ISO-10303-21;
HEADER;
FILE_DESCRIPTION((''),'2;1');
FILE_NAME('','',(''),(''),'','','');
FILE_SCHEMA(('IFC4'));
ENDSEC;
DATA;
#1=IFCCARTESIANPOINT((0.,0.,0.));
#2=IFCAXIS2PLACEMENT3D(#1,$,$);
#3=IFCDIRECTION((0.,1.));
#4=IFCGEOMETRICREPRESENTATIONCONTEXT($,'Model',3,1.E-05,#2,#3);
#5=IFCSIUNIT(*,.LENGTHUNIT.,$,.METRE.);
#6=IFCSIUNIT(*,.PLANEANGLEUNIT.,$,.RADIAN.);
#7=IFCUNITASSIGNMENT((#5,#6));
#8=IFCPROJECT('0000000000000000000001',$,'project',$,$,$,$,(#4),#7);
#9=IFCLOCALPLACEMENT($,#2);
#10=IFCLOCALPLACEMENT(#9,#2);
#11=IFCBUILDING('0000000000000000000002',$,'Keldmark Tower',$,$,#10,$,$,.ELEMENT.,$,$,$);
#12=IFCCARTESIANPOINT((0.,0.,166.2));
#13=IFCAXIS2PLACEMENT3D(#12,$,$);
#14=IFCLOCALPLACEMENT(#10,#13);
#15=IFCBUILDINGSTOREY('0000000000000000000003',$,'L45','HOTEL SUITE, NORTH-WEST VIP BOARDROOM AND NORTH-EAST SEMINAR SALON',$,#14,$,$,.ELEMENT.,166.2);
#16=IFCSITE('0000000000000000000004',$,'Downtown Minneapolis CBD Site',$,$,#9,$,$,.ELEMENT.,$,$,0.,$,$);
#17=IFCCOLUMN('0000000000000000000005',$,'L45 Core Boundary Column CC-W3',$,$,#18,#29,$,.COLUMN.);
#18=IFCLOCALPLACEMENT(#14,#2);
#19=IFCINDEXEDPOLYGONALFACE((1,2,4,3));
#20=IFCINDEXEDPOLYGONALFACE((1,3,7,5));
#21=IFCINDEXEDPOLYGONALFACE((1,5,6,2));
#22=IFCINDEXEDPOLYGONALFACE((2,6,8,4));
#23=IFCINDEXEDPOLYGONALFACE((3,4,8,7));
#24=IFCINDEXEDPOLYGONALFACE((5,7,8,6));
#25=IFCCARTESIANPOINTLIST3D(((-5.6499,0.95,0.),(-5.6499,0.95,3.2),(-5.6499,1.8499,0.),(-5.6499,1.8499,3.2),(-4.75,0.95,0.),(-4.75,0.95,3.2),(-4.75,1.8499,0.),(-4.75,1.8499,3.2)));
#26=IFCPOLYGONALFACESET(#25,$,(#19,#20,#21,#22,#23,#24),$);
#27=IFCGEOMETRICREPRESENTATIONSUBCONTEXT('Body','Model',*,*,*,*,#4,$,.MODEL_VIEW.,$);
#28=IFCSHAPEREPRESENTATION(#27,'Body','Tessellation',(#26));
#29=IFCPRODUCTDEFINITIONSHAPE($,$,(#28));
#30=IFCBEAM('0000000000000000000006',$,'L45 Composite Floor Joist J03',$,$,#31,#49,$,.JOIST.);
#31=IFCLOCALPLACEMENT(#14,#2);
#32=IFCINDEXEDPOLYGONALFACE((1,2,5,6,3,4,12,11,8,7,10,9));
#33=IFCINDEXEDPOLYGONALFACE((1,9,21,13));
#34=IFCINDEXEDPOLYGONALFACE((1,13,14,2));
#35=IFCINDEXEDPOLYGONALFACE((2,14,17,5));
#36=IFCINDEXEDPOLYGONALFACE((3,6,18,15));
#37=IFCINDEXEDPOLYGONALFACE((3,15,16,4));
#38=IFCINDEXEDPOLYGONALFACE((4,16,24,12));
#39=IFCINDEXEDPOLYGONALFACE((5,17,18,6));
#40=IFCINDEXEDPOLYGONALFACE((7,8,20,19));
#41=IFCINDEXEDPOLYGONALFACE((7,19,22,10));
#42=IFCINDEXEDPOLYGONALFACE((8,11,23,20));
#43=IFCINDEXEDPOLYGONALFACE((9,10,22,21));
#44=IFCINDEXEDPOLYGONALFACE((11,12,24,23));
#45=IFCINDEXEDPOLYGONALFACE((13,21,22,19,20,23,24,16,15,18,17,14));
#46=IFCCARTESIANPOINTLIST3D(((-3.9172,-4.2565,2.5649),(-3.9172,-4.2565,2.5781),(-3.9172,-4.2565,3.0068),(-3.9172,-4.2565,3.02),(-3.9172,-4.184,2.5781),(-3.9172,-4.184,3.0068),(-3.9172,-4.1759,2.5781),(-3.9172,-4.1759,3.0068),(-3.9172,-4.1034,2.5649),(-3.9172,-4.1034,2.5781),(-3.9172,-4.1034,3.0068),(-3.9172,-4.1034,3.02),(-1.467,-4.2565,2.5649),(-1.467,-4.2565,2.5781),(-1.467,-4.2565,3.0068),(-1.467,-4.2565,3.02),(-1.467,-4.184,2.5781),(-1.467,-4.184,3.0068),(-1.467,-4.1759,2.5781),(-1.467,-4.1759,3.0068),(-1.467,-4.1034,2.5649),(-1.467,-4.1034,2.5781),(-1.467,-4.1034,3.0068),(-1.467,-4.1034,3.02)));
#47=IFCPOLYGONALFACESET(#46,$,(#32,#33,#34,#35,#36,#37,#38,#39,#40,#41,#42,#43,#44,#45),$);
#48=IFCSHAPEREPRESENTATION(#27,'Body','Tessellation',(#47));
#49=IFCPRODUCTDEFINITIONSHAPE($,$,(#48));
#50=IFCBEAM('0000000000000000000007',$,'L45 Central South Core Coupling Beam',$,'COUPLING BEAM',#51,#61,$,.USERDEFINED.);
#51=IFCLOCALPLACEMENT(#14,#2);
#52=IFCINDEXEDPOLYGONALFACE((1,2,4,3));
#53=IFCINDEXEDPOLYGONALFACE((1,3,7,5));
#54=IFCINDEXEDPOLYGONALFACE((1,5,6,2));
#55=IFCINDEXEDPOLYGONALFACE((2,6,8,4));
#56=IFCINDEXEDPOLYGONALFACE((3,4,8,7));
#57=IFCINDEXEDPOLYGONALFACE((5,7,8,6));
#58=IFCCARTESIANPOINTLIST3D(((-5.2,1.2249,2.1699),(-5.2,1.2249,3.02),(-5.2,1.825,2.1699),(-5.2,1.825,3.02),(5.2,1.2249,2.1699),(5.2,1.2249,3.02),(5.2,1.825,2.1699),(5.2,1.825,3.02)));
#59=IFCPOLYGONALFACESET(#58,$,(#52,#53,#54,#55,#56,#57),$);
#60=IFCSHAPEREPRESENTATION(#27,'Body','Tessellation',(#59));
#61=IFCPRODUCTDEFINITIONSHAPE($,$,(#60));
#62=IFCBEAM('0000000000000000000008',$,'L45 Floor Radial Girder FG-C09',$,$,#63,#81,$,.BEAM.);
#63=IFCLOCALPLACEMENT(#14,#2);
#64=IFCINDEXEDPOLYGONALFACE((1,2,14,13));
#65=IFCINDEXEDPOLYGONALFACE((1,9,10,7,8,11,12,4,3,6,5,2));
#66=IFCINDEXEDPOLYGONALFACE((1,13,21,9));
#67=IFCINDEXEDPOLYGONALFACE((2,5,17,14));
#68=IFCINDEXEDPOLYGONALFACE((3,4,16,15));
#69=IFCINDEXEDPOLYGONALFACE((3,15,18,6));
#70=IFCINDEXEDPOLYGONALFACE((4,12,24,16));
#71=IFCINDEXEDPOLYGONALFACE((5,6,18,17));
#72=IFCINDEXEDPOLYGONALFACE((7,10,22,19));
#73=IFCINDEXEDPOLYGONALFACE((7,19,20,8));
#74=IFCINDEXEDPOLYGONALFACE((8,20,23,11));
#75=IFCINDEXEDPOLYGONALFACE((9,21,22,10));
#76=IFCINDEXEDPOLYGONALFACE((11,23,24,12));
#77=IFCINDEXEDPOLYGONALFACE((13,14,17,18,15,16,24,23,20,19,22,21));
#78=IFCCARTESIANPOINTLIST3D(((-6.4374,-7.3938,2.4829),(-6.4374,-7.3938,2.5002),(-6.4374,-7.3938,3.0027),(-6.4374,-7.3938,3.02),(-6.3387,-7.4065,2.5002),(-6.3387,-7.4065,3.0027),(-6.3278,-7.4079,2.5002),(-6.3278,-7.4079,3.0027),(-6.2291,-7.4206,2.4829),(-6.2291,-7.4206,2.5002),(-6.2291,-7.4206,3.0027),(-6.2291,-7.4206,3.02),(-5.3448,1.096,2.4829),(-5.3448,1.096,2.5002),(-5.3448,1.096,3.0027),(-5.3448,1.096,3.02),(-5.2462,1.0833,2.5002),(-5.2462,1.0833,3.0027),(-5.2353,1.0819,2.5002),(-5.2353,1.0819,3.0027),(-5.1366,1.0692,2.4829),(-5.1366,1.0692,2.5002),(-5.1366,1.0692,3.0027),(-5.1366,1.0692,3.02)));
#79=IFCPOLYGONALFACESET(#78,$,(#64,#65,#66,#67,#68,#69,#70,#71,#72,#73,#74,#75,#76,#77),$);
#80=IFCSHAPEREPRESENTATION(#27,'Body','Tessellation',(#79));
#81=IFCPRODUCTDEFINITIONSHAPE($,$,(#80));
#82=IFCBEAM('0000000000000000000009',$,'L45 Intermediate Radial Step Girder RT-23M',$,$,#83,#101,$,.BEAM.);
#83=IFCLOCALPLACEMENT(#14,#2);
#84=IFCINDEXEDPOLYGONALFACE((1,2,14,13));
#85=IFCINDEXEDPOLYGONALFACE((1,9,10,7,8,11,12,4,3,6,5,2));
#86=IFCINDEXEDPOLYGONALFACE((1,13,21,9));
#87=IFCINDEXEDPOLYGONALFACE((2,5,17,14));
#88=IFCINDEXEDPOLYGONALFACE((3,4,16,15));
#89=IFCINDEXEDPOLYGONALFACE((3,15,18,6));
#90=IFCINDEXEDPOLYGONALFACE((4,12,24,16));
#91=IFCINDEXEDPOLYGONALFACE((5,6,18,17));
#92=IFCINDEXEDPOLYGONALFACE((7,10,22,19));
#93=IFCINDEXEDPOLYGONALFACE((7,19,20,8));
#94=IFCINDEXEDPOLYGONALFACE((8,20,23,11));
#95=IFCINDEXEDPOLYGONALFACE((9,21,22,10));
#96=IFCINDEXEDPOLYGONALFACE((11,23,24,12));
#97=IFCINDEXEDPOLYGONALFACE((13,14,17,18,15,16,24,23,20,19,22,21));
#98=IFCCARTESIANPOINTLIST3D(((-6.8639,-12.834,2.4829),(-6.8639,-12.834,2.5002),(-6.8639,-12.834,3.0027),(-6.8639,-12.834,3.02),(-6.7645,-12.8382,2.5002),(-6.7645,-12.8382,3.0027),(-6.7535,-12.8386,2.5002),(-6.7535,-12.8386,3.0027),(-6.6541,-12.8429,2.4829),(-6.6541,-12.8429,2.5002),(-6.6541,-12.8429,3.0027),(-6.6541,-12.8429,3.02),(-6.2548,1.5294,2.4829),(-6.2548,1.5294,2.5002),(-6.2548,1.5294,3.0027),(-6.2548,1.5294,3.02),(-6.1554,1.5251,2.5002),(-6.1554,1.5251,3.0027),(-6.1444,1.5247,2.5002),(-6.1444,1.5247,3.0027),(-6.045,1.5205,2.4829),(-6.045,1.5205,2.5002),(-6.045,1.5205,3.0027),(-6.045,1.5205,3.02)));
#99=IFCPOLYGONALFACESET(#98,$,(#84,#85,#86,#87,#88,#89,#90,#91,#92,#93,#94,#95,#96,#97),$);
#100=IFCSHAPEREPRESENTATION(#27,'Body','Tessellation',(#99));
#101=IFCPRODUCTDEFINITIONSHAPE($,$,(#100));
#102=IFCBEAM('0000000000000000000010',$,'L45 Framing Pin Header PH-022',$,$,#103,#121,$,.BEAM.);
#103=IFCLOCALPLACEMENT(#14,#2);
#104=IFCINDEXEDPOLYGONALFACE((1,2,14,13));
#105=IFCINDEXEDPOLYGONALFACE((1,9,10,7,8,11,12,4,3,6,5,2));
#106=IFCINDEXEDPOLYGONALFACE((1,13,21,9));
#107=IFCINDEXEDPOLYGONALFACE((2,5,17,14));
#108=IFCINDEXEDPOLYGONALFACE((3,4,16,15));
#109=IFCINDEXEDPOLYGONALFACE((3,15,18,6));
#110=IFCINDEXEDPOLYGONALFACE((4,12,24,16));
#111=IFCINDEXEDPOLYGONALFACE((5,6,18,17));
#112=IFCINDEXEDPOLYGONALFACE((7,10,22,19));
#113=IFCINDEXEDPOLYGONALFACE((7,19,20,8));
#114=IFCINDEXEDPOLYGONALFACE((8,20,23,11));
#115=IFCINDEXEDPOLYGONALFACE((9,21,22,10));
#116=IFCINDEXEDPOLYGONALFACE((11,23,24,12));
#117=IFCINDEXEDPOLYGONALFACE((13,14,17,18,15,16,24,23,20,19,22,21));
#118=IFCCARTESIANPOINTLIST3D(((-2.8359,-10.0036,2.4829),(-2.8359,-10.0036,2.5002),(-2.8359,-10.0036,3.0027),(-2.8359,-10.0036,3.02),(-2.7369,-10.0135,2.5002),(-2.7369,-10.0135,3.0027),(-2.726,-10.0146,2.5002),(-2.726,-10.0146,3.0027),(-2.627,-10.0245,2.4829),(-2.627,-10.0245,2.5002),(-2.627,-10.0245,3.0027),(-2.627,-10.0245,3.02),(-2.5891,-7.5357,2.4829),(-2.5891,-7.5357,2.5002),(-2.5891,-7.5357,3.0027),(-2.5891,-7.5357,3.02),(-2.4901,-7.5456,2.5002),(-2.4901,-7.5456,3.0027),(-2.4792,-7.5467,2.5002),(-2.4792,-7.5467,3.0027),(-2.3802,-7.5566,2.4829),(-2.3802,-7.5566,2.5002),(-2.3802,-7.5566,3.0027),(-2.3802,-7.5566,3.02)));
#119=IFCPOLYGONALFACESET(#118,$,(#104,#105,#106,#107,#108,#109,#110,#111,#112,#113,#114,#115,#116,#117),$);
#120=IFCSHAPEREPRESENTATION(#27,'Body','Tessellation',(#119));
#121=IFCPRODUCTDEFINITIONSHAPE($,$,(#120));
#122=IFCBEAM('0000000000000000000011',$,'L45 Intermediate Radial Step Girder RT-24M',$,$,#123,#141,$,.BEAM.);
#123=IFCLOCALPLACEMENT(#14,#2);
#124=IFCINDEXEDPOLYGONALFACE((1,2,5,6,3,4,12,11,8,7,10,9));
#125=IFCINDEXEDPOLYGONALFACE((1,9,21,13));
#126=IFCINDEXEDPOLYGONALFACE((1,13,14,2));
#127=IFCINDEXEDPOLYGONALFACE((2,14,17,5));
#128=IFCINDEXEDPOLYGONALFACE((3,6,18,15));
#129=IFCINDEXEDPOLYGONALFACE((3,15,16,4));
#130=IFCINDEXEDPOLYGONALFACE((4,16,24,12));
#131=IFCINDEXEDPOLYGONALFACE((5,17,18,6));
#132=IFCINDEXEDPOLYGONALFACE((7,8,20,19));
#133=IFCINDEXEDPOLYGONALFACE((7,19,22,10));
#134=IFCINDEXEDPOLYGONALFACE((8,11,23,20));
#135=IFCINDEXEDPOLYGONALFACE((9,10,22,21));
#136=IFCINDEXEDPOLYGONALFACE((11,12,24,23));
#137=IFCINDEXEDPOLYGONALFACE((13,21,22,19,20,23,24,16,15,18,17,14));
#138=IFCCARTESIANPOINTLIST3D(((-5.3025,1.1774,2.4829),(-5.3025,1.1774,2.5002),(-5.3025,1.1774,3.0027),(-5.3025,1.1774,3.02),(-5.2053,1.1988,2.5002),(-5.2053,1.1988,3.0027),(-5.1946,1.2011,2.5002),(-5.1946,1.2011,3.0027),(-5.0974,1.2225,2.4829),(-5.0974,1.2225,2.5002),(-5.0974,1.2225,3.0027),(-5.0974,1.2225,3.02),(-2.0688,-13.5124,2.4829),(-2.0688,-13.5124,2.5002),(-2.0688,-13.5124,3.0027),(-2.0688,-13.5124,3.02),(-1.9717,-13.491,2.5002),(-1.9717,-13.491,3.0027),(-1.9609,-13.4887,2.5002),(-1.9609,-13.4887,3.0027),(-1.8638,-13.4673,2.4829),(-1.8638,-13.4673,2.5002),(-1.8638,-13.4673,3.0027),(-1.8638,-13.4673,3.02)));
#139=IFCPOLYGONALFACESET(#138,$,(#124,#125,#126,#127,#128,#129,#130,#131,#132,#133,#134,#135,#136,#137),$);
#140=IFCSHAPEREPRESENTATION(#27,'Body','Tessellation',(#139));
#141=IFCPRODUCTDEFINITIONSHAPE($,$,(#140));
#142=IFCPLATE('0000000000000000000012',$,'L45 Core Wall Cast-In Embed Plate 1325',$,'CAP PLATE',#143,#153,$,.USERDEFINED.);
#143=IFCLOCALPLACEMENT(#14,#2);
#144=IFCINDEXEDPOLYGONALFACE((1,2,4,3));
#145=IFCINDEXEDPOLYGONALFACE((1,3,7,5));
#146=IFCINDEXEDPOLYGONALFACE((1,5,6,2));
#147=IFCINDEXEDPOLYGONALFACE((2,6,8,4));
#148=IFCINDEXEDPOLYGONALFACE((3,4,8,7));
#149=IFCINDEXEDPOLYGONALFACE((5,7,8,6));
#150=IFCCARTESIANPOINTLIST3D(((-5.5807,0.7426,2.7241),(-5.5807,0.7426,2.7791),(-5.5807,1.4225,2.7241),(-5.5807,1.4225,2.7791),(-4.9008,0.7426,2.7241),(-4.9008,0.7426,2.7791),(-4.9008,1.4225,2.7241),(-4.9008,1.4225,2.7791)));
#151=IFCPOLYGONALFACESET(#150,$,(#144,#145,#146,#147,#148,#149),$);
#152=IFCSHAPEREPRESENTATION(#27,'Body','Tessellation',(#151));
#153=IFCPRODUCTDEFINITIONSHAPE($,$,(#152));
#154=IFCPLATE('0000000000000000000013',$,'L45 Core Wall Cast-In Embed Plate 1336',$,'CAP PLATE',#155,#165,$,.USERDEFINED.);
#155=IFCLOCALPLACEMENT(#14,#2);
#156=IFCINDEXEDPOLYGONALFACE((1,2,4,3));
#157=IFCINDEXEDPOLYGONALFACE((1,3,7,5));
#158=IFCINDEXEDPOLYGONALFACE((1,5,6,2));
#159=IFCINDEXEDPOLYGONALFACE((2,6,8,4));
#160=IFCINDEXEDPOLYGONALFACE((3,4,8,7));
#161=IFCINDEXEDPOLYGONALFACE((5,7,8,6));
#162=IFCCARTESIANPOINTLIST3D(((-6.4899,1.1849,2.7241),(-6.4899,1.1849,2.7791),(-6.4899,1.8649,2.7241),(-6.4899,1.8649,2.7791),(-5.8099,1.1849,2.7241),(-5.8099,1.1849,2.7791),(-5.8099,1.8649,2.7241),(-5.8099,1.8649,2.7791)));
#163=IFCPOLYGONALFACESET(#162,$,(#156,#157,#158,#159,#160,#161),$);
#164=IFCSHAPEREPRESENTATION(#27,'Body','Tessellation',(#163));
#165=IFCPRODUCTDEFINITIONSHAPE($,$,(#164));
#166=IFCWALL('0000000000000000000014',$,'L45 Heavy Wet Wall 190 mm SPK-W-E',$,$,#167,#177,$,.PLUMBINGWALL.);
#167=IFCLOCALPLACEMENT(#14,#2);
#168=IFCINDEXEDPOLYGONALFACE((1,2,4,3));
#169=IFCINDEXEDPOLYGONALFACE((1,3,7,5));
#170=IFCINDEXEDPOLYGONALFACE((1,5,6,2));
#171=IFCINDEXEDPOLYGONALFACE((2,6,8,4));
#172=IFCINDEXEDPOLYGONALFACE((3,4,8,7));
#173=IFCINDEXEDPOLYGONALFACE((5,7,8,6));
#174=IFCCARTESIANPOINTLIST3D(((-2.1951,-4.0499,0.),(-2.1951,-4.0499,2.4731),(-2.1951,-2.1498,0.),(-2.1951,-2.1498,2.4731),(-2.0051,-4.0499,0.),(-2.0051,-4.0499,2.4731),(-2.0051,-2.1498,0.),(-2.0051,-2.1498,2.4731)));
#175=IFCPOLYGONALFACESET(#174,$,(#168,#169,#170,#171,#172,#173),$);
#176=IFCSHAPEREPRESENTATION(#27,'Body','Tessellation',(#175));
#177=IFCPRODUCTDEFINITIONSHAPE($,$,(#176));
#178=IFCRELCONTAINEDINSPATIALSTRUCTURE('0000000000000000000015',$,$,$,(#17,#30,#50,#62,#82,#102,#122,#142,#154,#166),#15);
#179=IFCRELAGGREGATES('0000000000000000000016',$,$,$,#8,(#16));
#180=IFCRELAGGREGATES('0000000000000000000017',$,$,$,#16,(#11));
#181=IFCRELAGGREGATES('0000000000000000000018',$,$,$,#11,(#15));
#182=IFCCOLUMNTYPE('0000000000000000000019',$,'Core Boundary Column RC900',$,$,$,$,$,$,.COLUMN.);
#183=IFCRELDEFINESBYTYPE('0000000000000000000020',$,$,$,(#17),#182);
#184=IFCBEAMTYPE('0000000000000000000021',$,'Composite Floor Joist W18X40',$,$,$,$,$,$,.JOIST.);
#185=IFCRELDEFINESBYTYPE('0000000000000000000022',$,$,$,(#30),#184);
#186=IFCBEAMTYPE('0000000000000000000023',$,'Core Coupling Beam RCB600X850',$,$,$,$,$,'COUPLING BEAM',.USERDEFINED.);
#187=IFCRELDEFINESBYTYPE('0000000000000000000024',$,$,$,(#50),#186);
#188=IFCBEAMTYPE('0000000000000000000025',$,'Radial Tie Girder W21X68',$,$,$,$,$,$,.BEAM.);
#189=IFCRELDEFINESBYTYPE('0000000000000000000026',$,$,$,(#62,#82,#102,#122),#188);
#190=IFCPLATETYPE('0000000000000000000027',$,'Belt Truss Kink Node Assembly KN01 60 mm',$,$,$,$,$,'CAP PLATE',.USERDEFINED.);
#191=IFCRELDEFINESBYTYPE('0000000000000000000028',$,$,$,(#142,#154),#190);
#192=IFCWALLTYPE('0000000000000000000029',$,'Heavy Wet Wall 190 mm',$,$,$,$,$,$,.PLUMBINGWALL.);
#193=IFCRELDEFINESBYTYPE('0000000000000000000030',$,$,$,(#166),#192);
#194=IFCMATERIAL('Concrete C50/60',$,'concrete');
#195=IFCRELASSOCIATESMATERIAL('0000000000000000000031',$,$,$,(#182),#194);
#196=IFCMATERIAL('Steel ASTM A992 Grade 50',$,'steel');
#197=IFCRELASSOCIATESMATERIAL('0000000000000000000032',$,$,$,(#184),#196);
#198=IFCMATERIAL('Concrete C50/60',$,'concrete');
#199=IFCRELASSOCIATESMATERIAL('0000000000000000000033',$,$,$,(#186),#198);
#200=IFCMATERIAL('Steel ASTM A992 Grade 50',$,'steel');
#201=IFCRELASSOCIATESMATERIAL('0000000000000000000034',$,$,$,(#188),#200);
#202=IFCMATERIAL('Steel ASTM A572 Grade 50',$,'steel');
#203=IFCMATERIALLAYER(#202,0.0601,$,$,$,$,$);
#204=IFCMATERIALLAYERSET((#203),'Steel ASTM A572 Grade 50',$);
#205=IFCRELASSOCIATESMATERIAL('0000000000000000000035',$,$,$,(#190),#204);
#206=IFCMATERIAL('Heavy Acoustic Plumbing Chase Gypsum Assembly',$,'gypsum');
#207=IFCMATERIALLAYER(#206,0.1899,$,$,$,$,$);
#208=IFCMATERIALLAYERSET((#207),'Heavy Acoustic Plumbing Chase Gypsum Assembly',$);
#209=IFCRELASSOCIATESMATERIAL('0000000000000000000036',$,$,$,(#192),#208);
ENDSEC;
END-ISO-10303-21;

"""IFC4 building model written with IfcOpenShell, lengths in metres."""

from ifc_helpers import new_model, si_unit, direction, frame, frame_2d, origin, origin_2d, place, context, subcontext, project, spatial, rectangle, i_section, extrude, material, layer, layer_set, material_profile, profile_set, type_object, element, save


model = new_model("IFC4")

# Units and contexts
model_context = context("Model", 3, precision=1e-05, world=origin(), true_north=direction((0.0, 1.0)))
body_context = subcontext(model_context, "Body", "Model", "MODEL_VIEW")
ifc_project = project(units=[si_unit("LENGTHUNIT", "METRE"), si_unit("PLANEANGLEUNIT", "RADIAN")], contexts=[model_context])

# Site, building, storey
site_placement = place(None, origin())
site = spatial("IfcSite", under=ifc_project, at=site_placement, Name="Downtown Minneapolis CBD Site", CompositionType="ELEMENT", RefElevation=0.0)
building_placement = place(site_placement, origin())
building = spatial("IfcBuilding", under=site, at=building_placement, Name="Keldmark Tower", CompositionType="ELEMENT")
storey_placement = place(building_placement, frame((0.0, 0.0, 166.2)))
storey = spatial("IfcBuildingStorey", under=building, at=storey_placement, Name="L45", Description="HOTEL SUITE, NORTH-WEST VIP BOARDROOM AND NORTH-EAST SEMINAR SALON", CompositionType="ELEMENT", Elevation=166.2)

# Column
ifc_material_1 = material(Name="Concrete C50/60", Category="concrete")
ifc_material_profile_1 = material_profile(ifc_material_1, rectangle(XDim=0.8999, YDim=0.8999, at=origin_2d()), Name="RC900X900")
ifc_profile_set_1 = profile_set([ifc_material_profile_1], Name="Concrete C50/60")
column_type = type_object("IfcColumnType", Name="Core Boundary Column RC900", PredefinedType="COLUMN", material=ifc_profile_set_1)
column_placement = place(storey_placement, frame((-5.2, 1.3999, 0.0), z_axis=(0.0, 0.0, 1.0), x_axis=(1.0, 0.0, 0.0)))
element("IfcColumn", 1, at=column_placement, inside=storey, type_object=column_type, Name="L45 Core Boundary Column CC-W3", PredefinedType="COLUMN", context=body_context, shape_type="SweptSolid", body=[
    extrude(rectangle(XDim=0.8999, YDim=0.8999, at=origin_2d()), origin(), (0.0, 0.0, 1.0), 3.2),
])

# Beams
ifc_material_2 = material(Name="Steel ASTM A992 Grade 50", Category="steel")
ifc_material_profile_2 = material_profile(ifc_material_2, i_section(OverallWidth=0.1531, OverallDepth=0.4551, WebThickness=0.0081, FlangeThickness=0.0132, at=origin_2d()), Name="W18X40")
ifc_profile_set_2 = profile_set([ifc_material_profile_2], Name="Steel ASTM A992 Grade 50")
beam_type_1 = type_object("IfcBeamType", Name="Composite Floor Joist W18X40", PredefinedType="JOIST", material=ifc_profile_set_2)
beam_1_placement = place(storey_placement, frame((-3.9172, -4.1799, 2.7925), z_axis=(1.0, 0.0, 0.0), x_axis=(0.0, 1.0, 0.0)))
element("IfcBeam", 2, at=beam_1_placement, inside=storey, type_object=beam_type_1, Name="L45 Composite Floor Joist J03", PredefinedType="JOIST", context=body_context, shape_type="SweptSolid", body=[
    extrude(i_section(OverallWidth=0.1531, OverallDepth=0.4551, WebThickness=0.0081, FlangeThickness=0.0132, at=origin_2d()), origin(), (0.0, 0.0, 1.0), 2.4502),
])
ifc_material_3 = material(Name="Concrete C50/60", Category="concrete")
ifc_material_profile_3 = material_profile(ifc_material_3, rectangle(XDim=0.6001, YDim=0.8501, at=origin_2d()), Name="RCB600X850")
ifc_profile_set_3 = profile_set([ifc_material_profile_3], Name="Concrete C50/60")
beam_type_2 = type_object("IfcBeamType", Name="Core Coupling Beam RCB600X850", ElementType="COUPLING BEAM", PredefinedType="USERDEFINED", material=ifc_profile_set_3)
beam_2_placement = place(storey_placement, frame((-5.2, 1.5249, 2.595), z_axis=(1.0, 0.0, 0.0), x_axis=(0.0, 1.0, 0.0)))
element("IfcBeam", 3, at=beam_2_placement, inside=storey, type_object=beam_type_2, Name="L45 Central South Core Coupling Beam", ObjectType="COUPLING BEAM", PredefinedType="USERDEFINED", context=body_context, shape_type="SweptSolid", body=[
    extrude(rectangle(XDim=0.6001, YDim=0.8501, at=origin_2d()), origin(), (0.0, 0.0, 1.0), 10.3999),
])
ifc_material_4 = material(Name="Steel ASTM A992 Grade 50", Category="steel")
ifc_material_profile_4 = material_profile(ifc_material_4, i_section(OverallWidth=0.21, OverallDepth=0.5371, WebThickness=0.011, FlangeThickness=0.0173, at=origin_2d()), Name="W21X68")
ifc_profile_set_4 = profile_set([ifc_material_profile_4], Name="Steel ASTM A992 Grade 50")
beam_type_3 = type_object("IfcBeamType", Name="Radial Tie Girder W21X68", PredefinedType="BEAM", material=ifc_profile_set_4)
beam_3_placement = place(storey_placement, frame((-6.3333, -7.4072, 2.7515), z_axis=(0.127636, 0.991821, 0.0), x_axis=(-0.991821, 0.127636, 0.0)))
element("IfcBeam", 4, at=beam_3_placement, inside=storey, type_object=beam_type_3, Name="L45 Floor Radial Girder FG-C09", PredefinedType="BEAM", context=body_context, shape_type="SweptSolid", body=[
    extrude(i_section(OverallWidth=0.21, OverallDepth=0.5371, WebThickness=0.011, FlangeThickness=0.0173, at=origin_2d()), origin(), (0.0, 0.0, 1.0), 8.5598),
])
beam_4_placement = place(storey_placement, frame((-6.1499, 1.5249, 2.7515), z_axis=(-0.042371, -0.999102, 0.0), x_axis=(0.999102, -0.042371, 0.0)))
element("IfcBeam", 5, at=beam_4_placement, inside=storey, type_object=beam_type_3, Name="L45 Intermediate Radial Step Girder RT-23M", PredefinedType="BEAM", context=body_context, shape_type="SweptSolid", body=[
    extrude(i_section(OverallWidth=0.21, OverallDepth=0.5371, WebThickness=0.011, FlangeThickness=0.0173, at=origin_2d()), origin(), (0.0, 0.0, 1.0), 14.3762),
])
beam_5_placement = place(storey_placement, frame((-2.4846, -7.5461, 2.7515), z_axis=(-0.099513, -0.995036, 0.0), x_axis=(0.995036, -0.099513, 0.0)))
element("IfcBeam", 6, at=beam_5_placement, inside=storey, type_object=beam_type_3, Name="L45 Framing Pin Header PH-022", PredefinedType="BEAM", context=body_context, shape_type="SweptSolid", body=[
    extrude(i_section(OverallWidth=0.21, OverallDepth=0.5371, WebThickness=0.011, FlangeThickness=0.0173, at=origin_2d()), origin(), (0.0, 0.0, 1.0), 2.4802),
])
beam_6_placement = place(storey_placement, frame((-5.2, 1.2, 2.7515), z_axis=(0.214983, -0.976618, 0.0), x_axis=(0.976618, 0.214983, 0.0)))
element("IfcBeam", 7, at=beam_6_placement, inside=storey, type_object=beam_type_3, Name="L45 Intermediate Radial Step Girder RT-24M", PredefinedType="BEAM", context=body_context, shape_type="SweptSolid", body=[
    extrude(i_section(OverallWidth=0.21, OverallDepth=0.5371, WebThickness=0.011, FlangeThickness=0.0173, at=origin_2d()), origin(), (0.0, 0.0, 1.0), 15.0415),
])

# Plates
ifc_material_5 = material(Name="Steel ASTM A572 Grade 50", Category="steel")
ifc_layer_1 = layer(ifc_material_5, 0.0601)
ifc_layer_set_1 = layer_set([ifc_layer_1], Name="Steel ASTM A572 Grade 50")
plate_type = type_object("IfcPlateType", Name="Belt Truss Kink Node Assembly KN01 60 mm", ElementType="CAP PLATE", PredefinedType="USERDEFINED", material=ifc_layer_set_1)
for number, where, z_axis, x_axis, name in (
    (8, (-5.2407, 1.0825, 2.7241), (0.0, 0.0, 1.0), (1.0, 0.0, 0.0), "L45 Core Wall Cast-In Embed Plate 1325"),
    (9, (-6.1499, 1.5249, 2.7241), (0.0, 0.0, 1.0), (1.0, 0.0, 0.0), "L45 Core Wall Cast-In Embed Plate 1336"),
):
    element("IfcPlate", number, at=place(storey_placement, frame(where, z_axis=z_axis, x_axis=x_axis)), inside=storey, type_object=plate_type, Name=name, ObjectType="CAP PLATE", PredefinedType="USERDEFINED", context=body_context, shape_type="SweptSolid", body=[
        extrude(rectangle(XDim=0.6799, YDim=0.6799, at=origin_2d()), origin(), (0.0, 0.0, 1.0), 0.0549),
    ])

# Wall
ifc_material_6 = material(Name="Heavy Acoustic Plumbing Chase Gypsum Assembly", Category="gypsum")
ifc_layer_2 = layer(ifc_material_6, 0.1899)
ifc_layer_set_2 = layer_set([ifc_layer_2], Name="Heavy Acoustic Plumbing Chase Gypsum Assembly")
wall_type_1 = type_object("IfcWallType", Name="Heavy Wet Wall 190 mm", PredefinedType="PLUMBINGWALL", material=ifc_layer_set_2)
wall_1_placement = place(storey_placement, frame((-2.1001, -4.05, 0.0), z_axis=(0.0, 0.0, 1.0), x_axis=(0.0, 1.0, 0.0)))
element("IfcWall", 10, at=wall_1_placement, inside=storey, type_object=wall_type_1, Name="L45 Heavy Wet Wall 190 mm SPK-W-E", PredefinedType="PLUMBINGWALL", context=body_context, shape_type="SweptSolid", body=[
    extrude(rectangle(XDim=1.9001, YDim=0.1899, at=frame_2d((0.9502, 0.0))), origin(), (0.0, 0.0, 1.0), 2.4731),
])

save(model, "model.ifc")
